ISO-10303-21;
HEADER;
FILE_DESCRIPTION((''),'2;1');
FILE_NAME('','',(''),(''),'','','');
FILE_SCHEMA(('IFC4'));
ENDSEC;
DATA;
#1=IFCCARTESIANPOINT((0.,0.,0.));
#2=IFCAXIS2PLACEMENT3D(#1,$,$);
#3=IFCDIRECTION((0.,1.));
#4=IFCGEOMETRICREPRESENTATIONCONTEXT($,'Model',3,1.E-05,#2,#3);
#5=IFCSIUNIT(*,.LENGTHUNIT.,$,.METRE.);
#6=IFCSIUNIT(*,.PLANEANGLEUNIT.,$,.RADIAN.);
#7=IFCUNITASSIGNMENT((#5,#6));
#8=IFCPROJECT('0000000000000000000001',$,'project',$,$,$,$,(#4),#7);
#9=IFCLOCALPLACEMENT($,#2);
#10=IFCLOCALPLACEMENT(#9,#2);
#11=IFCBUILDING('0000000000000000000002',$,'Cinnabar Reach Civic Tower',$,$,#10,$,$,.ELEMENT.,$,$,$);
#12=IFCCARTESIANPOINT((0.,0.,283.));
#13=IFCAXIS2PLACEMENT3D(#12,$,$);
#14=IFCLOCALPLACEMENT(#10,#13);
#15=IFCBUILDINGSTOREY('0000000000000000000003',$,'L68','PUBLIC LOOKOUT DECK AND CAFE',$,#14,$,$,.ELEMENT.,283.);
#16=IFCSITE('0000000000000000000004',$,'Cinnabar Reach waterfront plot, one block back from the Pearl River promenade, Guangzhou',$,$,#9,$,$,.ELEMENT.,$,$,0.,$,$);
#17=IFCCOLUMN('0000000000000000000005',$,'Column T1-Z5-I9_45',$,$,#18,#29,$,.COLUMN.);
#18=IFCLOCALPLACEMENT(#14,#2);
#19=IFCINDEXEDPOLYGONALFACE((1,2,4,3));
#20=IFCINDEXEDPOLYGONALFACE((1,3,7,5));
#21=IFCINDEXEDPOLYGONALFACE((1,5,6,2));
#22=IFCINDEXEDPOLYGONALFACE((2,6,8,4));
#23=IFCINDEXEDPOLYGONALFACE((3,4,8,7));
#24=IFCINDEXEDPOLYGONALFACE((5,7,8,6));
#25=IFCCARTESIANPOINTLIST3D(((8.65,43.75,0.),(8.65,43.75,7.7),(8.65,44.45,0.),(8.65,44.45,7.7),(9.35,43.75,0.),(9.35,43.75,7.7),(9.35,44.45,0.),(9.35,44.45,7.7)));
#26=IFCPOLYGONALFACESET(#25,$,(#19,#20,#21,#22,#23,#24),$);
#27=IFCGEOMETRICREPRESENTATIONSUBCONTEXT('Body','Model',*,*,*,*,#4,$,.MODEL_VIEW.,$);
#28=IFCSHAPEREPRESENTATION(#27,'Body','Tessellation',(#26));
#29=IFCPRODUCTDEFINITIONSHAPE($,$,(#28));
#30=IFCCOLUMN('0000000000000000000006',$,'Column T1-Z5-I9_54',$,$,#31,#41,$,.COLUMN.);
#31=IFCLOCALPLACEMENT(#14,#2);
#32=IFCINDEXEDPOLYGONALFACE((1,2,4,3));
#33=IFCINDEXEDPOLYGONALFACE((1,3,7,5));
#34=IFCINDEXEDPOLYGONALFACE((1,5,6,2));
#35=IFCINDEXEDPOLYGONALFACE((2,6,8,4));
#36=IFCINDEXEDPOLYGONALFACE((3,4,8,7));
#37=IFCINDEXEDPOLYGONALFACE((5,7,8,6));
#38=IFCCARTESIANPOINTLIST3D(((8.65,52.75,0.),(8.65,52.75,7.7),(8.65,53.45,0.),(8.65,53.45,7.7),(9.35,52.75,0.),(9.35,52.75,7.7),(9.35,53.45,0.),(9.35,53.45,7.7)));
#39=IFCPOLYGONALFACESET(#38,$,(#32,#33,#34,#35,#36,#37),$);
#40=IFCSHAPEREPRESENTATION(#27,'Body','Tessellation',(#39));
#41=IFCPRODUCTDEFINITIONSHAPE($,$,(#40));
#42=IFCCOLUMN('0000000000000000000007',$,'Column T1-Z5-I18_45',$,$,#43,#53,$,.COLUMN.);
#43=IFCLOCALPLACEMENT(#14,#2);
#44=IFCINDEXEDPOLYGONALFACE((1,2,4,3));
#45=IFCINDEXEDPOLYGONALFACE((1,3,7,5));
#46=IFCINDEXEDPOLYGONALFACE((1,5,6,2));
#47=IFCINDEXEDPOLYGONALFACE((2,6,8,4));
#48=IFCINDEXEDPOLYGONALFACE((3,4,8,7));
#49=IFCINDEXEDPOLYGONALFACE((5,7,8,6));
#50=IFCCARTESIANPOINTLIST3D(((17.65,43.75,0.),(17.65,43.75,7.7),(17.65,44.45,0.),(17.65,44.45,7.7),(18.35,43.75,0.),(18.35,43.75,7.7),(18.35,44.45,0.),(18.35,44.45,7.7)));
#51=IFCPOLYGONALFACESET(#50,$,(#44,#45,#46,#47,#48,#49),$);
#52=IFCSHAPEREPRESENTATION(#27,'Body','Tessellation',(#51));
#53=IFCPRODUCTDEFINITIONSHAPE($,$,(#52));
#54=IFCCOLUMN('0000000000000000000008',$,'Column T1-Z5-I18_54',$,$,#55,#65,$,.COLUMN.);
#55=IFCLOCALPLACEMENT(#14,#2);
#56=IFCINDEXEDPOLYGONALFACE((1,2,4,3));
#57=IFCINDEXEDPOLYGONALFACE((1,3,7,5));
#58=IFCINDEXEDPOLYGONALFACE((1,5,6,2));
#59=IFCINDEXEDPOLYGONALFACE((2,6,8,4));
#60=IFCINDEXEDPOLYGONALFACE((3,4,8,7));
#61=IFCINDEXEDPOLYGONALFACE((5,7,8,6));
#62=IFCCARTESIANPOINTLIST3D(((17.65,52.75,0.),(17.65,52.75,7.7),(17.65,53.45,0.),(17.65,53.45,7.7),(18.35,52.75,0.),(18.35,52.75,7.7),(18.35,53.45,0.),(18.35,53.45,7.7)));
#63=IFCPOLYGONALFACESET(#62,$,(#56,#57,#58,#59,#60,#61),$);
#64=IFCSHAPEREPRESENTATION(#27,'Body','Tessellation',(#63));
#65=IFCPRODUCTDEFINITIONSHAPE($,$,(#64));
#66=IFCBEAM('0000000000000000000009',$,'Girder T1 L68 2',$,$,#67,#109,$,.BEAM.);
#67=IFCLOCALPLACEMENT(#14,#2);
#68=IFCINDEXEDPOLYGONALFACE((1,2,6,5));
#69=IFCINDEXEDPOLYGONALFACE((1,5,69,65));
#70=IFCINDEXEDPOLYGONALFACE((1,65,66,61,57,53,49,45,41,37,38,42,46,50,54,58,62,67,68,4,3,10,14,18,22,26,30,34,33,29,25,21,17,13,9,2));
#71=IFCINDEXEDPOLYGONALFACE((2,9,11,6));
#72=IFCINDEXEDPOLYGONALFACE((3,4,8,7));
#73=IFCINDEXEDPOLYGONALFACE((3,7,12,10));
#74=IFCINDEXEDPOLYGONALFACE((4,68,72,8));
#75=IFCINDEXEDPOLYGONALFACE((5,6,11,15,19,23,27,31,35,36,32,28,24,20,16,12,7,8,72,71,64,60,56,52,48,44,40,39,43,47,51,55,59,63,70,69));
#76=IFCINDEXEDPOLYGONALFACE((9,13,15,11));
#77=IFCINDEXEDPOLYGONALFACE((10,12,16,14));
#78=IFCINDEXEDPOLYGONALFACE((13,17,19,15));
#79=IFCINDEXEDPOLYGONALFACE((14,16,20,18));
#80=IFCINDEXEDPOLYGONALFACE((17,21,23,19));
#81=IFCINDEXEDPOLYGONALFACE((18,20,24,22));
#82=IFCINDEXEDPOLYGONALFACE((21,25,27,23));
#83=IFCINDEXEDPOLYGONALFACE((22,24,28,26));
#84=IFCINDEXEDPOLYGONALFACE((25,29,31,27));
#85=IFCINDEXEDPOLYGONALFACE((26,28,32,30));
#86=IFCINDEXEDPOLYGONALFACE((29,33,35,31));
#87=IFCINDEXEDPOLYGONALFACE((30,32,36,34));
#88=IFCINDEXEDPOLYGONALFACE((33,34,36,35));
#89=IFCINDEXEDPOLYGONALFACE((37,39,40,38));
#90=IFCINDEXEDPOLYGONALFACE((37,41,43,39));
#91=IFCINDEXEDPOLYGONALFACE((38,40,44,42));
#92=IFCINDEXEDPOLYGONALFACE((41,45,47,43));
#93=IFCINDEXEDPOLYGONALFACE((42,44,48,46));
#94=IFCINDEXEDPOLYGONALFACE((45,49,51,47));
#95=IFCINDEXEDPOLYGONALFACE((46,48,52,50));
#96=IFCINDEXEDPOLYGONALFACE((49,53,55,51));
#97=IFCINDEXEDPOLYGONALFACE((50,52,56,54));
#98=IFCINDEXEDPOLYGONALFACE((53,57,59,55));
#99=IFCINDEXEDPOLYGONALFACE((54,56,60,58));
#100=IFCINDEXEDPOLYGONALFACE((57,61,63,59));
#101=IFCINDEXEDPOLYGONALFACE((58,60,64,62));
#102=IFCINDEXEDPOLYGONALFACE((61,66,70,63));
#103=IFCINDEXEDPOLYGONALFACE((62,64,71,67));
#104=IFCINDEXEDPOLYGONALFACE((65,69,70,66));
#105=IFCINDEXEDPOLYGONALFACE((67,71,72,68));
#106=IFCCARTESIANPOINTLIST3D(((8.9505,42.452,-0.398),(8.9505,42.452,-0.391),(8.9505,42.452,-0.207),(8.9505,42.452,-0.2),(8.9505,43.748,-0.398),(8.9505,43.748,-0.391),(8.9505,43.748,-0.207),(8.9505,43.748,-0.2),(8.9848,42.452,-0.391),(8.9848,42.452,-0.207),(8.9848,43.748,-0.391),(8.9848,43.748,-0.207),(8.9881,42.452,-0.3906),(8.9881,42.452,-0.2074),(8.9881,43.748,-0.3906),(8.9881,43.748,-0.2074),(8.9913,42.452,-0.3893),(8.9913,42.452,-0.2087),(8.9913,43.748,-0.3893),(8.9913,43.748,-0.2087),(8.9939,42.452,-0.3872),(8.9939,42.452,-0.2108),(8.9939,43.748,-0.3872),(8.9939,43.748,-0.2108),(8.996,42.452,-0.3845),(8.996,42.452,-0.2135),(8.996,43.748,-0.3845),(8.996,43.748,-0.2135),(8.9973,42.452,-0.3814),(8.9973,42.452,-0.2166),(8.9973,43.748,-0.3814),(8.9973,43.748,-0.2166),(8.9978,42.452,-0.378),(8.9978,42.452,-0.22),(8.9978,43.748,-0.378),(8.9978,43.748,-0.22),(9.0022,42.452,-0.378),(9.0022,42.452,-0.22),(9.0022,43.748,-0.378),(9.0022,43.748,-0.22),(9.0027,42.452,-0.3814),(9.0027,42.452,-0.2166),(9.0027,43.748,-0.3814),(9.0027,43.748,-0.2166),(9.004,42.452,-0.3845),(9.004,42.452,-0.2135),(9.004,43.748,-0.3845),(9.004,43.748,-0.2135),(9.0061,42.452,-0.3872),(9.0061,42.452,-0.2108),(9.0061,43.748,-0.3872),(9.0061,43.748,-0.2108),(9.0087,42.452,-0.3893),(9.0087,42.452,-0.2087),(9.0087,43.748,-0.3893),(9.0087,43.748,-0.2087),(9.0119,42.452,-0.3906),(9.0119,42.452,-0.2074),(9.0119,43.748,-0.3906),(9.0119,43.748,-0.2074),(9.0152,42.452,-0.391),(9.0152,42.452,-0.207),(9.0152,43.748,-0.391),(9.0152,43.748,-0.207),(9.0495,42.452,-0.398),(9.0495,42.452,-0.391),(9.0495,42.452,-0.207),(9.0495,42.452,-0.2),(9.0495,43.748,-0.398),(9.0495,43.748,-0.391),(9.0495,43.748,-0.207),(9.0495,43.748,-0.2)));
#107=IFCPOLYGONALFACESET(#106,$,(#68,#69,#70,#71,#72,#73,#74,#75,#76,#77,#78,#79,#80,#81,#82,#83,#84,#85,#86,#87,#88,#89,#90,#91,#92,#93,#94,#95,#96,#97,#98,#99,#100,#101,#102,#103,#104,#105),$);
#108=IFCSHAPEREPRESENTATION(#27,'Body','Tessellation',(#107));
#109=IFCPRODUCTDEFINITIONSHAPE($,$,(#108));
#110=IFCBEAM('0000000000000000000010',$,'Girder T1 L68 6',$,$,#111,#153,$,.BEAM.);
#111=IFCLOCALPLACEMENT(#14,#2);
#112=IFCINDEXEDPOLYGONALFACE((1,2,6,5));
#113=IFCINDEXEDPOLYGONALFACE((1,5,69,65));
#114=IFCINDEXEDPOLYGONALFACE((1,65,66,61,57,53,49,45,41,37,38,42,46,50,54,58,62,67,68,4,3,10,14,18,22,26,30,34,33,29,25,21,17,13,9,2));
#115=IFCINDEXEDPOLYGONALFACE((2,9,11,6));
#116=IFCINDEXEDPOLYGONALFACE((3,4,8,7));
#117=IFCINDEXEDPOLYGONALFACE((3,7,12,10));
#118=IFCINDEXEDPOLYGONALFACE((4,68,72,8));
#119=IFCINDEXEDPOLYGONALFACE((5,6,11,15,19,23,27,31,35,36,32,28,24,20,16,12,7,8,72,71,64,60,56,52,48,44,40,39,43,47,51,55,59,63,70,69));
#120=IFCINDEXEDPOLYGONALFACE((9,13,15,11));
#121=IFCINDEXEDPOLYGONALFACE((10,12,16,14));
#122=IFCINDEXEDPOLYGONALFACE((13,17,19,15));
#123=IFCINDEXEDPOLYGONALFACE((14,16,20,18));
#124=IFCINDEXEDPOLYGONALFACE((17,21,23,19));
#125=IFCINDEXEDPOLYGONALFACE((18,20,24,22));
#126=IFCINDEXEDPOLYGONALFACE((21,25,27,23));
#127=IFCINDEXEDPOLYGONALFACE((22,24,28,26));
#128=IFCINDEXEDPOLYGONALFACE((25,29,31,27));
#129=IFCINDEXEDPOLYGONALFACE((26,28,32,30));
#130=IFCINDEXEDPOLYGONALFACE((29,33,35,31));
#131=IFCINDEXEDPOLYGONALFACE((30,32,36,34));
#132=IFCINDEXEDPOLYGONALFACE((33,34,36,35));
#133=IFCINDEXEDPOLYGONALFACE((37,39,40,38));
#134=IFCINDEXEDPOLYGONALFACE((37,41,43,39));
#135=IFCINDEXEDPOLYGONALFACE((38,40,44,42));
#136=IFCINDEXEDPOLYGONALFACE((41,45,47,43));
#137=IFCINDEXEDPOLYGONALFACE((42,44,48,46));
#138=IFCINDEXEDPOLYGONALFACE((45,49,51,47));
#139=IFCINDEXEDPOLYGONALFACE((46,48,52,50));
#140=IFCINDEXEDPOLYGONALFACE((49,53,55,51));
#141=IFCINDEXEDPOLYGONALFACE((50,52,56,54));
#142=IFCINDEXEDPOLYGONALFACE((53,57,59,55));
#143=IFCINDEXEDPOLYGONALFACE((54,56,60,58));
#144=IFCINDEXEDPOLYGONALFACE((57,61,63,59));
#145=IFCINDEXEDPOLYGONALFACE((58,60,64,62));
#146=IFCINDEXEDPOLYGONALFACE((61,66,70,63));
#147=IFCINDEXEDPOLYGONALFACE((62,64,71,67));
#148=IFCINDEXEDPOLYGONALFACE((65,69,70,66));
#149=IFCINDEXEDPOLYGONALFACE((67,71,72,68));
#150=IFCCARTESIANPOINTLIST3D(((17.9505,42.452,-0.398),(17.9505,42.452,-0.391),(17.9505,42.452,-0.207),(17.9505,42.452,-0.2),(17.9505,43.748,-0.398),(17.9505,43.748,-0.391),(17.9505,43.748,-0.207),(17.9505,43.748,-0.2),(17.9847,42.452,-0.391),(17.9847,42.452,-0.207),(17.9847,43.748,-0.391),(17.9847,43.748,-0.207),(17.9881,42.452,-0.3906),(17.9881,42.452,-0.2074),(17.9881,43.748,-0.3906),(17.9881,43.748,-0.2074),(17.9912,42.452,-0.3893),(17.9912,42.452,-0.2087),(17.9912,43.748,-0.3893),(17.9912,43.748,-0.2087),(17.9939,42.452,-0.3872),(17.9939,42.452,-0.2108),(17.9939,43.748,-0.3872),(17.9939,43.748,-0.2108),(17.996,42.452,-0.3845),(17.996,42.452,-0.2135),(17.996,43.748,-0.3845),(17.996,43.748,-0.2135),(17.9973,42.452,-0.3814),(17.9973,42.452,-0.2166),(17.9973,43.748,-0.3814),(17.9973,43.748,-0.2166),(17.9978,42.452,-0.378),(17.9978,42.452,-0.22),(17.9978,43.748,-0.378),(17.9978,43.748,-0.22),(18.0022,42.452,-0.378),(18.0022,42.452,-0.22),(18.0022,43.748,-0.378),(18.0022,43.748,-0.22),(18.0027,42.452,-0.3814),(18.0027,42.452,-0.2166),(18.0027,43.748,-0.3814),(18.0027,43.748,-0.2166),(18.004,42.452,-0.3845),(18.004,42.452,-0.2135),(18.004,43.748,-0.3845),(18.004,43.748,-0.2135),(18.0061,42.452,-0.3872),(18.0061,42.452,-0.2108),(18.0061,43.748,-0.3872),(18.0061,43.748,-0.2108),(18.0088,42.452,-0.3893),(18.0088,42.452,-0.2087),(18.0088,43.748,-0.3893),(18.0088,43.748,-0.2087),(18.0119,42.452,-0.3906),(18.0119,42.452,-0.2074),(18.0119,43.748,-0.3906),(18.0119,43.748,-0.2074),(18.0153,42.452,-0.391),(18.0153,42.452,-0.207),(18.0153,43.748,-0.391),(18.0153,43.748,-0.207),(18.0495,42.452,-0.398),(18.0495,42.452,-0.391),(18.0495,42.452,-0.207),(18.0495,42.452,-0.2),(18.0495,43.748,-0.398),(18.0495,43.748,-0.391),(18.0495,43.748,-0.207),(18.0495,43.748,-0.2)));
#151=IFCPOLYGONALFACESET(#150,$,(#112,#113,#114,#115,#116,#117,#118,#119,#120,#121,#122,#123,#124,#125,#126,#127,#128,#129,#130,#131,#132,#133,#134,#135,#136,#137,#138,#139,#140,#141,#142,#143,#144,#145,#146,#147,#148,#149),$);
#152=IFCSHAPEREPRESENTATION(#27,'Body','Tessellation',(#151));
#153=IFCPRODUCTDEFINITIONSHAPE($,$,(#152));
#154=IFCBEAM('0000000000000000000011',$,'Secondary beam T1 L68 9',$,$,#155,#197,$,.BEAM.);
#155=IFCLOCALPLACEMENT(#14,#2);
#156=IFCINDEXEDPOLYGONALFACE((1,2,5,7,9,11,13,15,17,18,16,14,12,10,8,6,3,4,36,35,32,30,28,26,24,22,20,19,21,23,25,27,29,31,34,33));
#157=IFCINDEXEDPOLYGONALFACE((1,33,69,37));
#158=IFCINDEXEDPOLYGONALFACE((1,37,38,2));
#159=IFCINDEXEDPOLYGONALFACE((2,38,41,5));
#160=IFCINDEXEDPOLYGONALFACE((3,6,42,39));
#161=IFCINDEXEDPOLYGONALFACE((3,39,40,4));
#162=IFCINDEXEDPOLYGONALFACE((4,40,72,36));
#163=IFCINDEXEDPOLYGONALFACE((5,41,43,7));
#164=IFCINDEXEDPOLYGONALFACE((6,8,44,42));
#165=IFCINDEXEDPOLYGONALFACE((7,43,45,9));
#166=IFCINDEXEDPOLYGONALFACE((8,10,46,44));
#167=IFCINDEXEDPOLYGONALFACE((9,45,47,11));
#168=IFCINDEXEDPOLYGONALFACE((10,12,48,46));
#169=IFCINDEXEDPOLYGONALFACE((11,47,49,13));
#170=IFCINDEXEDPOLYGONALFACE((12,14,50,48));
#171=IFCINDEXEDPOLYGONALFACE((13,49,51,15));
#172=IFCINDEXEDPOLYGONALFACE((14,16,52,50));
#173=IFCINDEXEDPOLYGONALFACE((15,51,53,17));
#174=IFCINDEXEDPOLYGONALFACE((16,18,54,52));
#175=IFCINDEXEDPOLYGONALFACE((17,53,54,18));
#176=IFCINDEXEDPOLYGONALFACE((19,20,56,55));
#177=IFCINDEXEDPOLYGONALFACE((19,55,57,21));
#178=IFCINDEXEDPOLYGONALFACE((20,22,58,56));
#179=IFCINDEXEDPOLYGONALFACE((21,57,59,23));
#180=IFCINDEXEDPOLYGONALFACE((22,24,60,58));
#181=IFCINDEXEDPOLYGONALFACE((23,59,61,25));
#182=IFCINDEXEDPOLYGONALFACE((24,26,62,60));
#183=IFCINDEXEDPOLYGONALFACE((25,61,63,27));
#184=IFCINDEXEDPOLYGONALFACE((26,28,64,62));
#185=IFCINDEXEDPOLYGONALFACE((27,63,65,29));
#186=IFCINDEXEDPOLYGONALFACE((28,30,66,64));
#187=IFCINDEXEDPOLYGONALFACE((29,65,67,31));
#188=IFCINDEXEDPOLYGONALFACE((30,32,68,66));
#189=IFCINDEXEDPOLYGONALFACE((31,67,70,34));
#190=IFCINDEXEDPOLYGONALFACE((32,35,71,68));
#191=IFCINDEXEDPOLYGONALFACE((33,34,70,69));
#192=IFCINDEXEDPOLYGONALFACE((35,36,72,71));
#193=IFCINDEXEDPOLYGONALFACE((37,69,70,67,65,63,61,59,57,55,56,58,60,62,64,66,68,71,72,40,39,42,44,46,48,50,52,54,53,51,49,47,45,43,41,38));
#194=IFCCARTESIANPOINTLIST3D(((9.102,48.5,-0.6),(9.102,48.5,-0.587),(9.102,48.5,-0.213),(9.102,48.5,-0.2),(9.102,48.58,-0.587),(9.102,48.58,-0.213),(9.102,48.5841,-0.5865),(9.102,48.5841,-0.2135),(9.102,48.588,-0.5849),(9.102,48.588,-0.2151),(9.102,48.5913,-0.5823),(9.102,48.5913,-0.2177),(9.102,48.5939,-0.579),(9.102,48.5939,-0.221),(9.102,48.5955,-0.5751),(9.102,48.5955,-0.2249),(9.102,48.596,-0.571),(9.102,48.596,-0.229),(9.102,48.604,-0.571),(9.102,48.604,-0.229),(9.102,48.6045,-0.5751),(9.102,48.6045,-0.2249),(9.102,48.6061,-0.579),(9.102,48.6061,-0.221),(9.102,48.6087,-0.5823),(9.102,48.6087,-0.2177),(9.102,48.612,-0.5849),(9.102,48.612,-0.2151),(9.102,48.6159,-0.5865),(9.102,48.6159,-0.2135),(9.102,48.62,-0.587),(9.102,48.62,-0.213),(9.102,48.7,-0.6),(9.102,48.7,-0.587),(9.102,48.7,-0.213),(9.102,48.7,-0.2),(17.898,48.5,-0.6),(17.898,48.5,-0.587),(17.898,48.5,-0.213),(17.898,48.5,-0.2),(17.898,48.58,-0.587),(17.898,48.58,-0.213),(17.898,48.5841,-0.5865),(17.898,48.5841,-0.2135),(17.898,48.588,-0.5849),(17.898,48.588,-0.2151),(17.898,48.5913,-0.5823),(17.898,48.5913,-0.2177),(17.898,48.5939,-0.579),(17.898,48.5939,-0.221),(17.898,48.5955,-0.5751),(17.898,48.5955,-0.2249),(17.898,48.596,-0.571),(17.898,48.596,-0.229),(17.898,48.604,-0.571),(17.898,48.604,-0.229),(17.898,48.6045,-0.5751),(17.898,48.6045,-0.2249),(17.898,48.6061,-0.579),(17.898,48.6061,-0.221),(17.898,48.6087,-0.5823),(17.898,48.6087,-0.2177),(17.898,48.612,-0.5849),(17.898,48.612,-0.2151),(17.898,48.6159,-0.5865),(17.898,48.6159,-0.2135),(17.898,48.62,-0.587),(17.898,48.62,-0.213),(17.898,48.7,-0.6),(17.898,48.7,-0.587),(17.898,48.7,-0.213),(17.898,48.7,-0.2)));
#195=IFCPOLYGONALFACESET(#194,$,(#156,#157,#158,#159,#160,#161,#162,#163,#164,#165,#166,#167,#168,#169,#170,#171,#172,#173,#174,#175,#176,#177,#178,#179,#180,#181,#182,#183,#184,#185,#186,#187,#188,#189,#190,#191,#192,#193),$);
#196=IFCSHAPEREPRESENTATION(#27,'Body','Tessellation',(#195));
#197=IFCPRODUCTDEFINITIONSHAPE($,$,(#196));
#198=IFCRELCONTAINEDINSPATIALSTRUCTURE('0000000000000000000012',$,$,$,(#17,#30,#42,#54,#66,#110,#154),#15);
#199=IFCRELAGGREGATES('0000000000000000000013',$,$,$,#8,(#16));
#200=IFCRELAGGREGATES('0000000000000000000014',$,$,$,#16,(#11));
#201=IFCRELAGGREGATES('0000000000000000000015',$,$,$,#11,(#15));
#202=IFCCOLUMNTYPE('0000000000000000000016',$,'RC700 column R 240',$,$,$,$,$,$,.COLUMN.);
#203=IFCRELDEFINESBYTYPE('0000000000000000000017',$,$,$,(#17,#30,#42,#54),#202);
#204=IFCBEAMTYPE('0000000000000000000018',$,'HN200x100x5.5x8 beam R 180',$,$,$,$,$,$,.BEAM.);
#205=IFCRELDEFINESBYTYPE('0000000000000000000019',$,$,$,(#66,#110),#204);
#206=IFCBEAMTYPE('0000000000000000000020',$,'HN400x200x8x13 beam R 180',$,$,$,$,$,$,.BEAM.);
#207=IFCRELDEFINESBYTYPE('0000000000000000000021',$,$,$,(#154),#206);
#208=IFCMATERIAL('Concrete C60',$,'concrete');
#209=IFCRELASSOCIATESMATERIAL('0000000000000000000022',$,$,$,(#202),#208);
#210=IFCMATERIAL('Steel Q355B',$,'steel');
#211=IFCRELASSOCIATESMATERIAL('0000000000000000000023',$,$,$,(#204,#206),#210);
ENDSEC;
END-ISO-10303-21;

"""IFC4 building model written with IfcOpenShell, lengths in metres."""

from ifc_helpers import new_model, si_unit, direction, frame, origin, origin_2d, place, context, subcontext, project, spatial, rectangle, i_section, extrude, material, material_profile, profile_set, type_object, element, save


model = new_model("IFC4")

# Units and contexts
model_context = context("Model", 3, precision=1e-05, world=origin(), true_north=direction((0.0, 1.0)))
body_context = subcontext(model_context, "Body", "Model", "MODEL_VIEW")
ifc_project = project(units=[si_unit("LENGTHUNIT", "METRE"), si_unit("PLANEANGLEUNIT", "RADIAN")], contexts=[model_context])

# Site, building, storey
site_placement = place(None, origin())
site = spatial("IfcSite", under=ifc_project, at=site_placement, Name="Cinnabar Reach waterfront plot, one block back from the Pearl River promenade, Guangzhou", CompositionType="ELEMENT", RefElevation=0.0)
building_placement = place(site_placement, origin())
building = spatial("IfcBuilding", under=site, at=building_placement, Name="Cinnabar Reach Civic Tower", CompositionType="ELEMENT")
storey_placement = place(building_placement, frame((0.0, 0.0, 283.0)))
storey = spatial("IfcBuildingStorey", under=building, at=storey_placement, Name="L68", Description="PUBLIC LOOKOUT DECK AND CAFE", CompositionType="ELEMENT", Elevation=283.0)

# Columns
ifc_material_1 = material(Name="Concrete C60", Category="concrete")
ifc_material_profile_1 = material_profile(ifc_material_1, rectangle(XDim=0.7, YDim=0.7, at=origin_2d()), Name="RC700")
ifc_profile_set_1 = profile_set([ifc_material_profile_1], Name="Concrete C60")
column_type = type_object("IfcColumnType", Name="RC700 column R 240", PredefinedType="COLUMN", material=ifc_profile_set_1)
for number, where, z_axis, x_axis, name in (
    (1, (9.0, 44.1, 0.0), (0.0, 0.0, 1.0), (1.0, 0.0, 0.0), "Column T1-Z5-I9_45"),
    (2, (9.0, 53.1, 0.0), (0.0, 0.0, 1.0), (1.0, 0.0, 0.0), "Column T1-Z5-I9_54"),
    (3, (18.0, 44.1, 0.0), (0.0, 0.0, 1.0), (1.0, 0.0, 0.0), "Column T1-Z5-I18_45"),
    (4, (18.0, 53.1, 0.0), (0.0, 0.0, 1.0), (1.0, 0.0, 0.0), "Column T1-Z5-I18_54"),
):
    element("IfcColumn", number, at=place(storey_placement, frame(where, z_axis=z_axis, x_axis=x_axis)), inside=storey, type_object=column_type, Name=name, PredefinedType="COLUMN", context=body_context, shape_type="SweptSolid", body=[
        extrude(rectangle(XDim=0.7, YDim=0.7, at=origin_2d()), origin(), (0.0, 0.0, 1.0), 7.7),
    ])

# Beams
ifc_material_2 = material(Name="Steel Q355B", Category="steel")
ifc_material_profile_2 = material_profile(ifc_material_2, i_section(OverallWidth=0.099, OverallDepth=0.198, WebThickness=0.0045, FlangeThickness=0.007, FilletRadius=0.013, at=origin_2d()), Name="HN200x100x5.5x8")
ifc_profile_set_2 = profile_set([ifc_material_profile_2], Name="Steel Q355B")
beam_type_1 = type_object("IfcBeamType", Name="HN200x100x5.5x8 beam R 180", PredefinedType="BEAM", material=ifc_profile_set_2)
for number, where, z_axis, x_axis, name in (
    (5, (9.0, 42.452, -0.299), (0.0, 1.0, 0.0), (-1.0, 0.0, 0.0), "Girder T1 L68 2"),
    (6, (18.0, 42.452, -0.299), (0.0, 1.0, 0.0), (-1.0, 0.0, 0.0), "Girder T1 L68 6"),
):
    element("IfcBeam", number, at=place(storey_placement, frame(where, z_axis=z_axis, x_axis=x_axis)), inside=storey, type_object=beam_type_1, Name=name, PredefinedType="BEAM", context=body_context, shape_type="SweptSolid", body=[
        extrude(i_section(OverallWidth=0.099, OverallDepth=0.198, WebThickness=0.0045, FlangeThickness=0.007, FilletRadius=0.013, at=origin_2d()), origin(), (0.0, 0.0, 1.0), 1.296),
    ])
ifc_material_profile_3 = material_profile(ifc_material_2, i_section(OverallWidth=0.2, OverallDepth=0.4, WebThickness=0.008, FlangeThickness=0.013, FilletRadius=0.016, at=origin_2d()), Name="HN400x200x8x13")
ifc_profile_set_3 = profile_set([ifc_material_profile_3], Name="Steel Q355B")
beam_type_2 = type_object("IfcBeamType", Name="HN400x200x8x13 beam R 180", PredefinedType="BEAM", material=ifc_profile_set_3)
for number, where, z_axis, x_axis, name in (
    (7, (9.102, 48.6, -0.4), (1.0, 0.0, 0.0), (0.0, 1.0, 0.0), "Secondary beam T1 L68 9"),
):
    element("IfcBeam", number, at=place(storey_placement, frame(where, z_axis=z_axis, x_axis=x_axis)), inside=storey, type_object=beam_type_2, Name=name, PredefinedType="BEAM", context=body_context, shape_type="SweptSolid", body=[
        extrude(i_section(OverallWidth=0.2, OverallDepth=0.4, WebThickness=0.008, FlangeThickness=0.013, FilletRadius=0.016, at=origin_2d()), origin(), (0.0, 0.0, 1.0), 8.796),
    ])

save(model, "model.ifc")
